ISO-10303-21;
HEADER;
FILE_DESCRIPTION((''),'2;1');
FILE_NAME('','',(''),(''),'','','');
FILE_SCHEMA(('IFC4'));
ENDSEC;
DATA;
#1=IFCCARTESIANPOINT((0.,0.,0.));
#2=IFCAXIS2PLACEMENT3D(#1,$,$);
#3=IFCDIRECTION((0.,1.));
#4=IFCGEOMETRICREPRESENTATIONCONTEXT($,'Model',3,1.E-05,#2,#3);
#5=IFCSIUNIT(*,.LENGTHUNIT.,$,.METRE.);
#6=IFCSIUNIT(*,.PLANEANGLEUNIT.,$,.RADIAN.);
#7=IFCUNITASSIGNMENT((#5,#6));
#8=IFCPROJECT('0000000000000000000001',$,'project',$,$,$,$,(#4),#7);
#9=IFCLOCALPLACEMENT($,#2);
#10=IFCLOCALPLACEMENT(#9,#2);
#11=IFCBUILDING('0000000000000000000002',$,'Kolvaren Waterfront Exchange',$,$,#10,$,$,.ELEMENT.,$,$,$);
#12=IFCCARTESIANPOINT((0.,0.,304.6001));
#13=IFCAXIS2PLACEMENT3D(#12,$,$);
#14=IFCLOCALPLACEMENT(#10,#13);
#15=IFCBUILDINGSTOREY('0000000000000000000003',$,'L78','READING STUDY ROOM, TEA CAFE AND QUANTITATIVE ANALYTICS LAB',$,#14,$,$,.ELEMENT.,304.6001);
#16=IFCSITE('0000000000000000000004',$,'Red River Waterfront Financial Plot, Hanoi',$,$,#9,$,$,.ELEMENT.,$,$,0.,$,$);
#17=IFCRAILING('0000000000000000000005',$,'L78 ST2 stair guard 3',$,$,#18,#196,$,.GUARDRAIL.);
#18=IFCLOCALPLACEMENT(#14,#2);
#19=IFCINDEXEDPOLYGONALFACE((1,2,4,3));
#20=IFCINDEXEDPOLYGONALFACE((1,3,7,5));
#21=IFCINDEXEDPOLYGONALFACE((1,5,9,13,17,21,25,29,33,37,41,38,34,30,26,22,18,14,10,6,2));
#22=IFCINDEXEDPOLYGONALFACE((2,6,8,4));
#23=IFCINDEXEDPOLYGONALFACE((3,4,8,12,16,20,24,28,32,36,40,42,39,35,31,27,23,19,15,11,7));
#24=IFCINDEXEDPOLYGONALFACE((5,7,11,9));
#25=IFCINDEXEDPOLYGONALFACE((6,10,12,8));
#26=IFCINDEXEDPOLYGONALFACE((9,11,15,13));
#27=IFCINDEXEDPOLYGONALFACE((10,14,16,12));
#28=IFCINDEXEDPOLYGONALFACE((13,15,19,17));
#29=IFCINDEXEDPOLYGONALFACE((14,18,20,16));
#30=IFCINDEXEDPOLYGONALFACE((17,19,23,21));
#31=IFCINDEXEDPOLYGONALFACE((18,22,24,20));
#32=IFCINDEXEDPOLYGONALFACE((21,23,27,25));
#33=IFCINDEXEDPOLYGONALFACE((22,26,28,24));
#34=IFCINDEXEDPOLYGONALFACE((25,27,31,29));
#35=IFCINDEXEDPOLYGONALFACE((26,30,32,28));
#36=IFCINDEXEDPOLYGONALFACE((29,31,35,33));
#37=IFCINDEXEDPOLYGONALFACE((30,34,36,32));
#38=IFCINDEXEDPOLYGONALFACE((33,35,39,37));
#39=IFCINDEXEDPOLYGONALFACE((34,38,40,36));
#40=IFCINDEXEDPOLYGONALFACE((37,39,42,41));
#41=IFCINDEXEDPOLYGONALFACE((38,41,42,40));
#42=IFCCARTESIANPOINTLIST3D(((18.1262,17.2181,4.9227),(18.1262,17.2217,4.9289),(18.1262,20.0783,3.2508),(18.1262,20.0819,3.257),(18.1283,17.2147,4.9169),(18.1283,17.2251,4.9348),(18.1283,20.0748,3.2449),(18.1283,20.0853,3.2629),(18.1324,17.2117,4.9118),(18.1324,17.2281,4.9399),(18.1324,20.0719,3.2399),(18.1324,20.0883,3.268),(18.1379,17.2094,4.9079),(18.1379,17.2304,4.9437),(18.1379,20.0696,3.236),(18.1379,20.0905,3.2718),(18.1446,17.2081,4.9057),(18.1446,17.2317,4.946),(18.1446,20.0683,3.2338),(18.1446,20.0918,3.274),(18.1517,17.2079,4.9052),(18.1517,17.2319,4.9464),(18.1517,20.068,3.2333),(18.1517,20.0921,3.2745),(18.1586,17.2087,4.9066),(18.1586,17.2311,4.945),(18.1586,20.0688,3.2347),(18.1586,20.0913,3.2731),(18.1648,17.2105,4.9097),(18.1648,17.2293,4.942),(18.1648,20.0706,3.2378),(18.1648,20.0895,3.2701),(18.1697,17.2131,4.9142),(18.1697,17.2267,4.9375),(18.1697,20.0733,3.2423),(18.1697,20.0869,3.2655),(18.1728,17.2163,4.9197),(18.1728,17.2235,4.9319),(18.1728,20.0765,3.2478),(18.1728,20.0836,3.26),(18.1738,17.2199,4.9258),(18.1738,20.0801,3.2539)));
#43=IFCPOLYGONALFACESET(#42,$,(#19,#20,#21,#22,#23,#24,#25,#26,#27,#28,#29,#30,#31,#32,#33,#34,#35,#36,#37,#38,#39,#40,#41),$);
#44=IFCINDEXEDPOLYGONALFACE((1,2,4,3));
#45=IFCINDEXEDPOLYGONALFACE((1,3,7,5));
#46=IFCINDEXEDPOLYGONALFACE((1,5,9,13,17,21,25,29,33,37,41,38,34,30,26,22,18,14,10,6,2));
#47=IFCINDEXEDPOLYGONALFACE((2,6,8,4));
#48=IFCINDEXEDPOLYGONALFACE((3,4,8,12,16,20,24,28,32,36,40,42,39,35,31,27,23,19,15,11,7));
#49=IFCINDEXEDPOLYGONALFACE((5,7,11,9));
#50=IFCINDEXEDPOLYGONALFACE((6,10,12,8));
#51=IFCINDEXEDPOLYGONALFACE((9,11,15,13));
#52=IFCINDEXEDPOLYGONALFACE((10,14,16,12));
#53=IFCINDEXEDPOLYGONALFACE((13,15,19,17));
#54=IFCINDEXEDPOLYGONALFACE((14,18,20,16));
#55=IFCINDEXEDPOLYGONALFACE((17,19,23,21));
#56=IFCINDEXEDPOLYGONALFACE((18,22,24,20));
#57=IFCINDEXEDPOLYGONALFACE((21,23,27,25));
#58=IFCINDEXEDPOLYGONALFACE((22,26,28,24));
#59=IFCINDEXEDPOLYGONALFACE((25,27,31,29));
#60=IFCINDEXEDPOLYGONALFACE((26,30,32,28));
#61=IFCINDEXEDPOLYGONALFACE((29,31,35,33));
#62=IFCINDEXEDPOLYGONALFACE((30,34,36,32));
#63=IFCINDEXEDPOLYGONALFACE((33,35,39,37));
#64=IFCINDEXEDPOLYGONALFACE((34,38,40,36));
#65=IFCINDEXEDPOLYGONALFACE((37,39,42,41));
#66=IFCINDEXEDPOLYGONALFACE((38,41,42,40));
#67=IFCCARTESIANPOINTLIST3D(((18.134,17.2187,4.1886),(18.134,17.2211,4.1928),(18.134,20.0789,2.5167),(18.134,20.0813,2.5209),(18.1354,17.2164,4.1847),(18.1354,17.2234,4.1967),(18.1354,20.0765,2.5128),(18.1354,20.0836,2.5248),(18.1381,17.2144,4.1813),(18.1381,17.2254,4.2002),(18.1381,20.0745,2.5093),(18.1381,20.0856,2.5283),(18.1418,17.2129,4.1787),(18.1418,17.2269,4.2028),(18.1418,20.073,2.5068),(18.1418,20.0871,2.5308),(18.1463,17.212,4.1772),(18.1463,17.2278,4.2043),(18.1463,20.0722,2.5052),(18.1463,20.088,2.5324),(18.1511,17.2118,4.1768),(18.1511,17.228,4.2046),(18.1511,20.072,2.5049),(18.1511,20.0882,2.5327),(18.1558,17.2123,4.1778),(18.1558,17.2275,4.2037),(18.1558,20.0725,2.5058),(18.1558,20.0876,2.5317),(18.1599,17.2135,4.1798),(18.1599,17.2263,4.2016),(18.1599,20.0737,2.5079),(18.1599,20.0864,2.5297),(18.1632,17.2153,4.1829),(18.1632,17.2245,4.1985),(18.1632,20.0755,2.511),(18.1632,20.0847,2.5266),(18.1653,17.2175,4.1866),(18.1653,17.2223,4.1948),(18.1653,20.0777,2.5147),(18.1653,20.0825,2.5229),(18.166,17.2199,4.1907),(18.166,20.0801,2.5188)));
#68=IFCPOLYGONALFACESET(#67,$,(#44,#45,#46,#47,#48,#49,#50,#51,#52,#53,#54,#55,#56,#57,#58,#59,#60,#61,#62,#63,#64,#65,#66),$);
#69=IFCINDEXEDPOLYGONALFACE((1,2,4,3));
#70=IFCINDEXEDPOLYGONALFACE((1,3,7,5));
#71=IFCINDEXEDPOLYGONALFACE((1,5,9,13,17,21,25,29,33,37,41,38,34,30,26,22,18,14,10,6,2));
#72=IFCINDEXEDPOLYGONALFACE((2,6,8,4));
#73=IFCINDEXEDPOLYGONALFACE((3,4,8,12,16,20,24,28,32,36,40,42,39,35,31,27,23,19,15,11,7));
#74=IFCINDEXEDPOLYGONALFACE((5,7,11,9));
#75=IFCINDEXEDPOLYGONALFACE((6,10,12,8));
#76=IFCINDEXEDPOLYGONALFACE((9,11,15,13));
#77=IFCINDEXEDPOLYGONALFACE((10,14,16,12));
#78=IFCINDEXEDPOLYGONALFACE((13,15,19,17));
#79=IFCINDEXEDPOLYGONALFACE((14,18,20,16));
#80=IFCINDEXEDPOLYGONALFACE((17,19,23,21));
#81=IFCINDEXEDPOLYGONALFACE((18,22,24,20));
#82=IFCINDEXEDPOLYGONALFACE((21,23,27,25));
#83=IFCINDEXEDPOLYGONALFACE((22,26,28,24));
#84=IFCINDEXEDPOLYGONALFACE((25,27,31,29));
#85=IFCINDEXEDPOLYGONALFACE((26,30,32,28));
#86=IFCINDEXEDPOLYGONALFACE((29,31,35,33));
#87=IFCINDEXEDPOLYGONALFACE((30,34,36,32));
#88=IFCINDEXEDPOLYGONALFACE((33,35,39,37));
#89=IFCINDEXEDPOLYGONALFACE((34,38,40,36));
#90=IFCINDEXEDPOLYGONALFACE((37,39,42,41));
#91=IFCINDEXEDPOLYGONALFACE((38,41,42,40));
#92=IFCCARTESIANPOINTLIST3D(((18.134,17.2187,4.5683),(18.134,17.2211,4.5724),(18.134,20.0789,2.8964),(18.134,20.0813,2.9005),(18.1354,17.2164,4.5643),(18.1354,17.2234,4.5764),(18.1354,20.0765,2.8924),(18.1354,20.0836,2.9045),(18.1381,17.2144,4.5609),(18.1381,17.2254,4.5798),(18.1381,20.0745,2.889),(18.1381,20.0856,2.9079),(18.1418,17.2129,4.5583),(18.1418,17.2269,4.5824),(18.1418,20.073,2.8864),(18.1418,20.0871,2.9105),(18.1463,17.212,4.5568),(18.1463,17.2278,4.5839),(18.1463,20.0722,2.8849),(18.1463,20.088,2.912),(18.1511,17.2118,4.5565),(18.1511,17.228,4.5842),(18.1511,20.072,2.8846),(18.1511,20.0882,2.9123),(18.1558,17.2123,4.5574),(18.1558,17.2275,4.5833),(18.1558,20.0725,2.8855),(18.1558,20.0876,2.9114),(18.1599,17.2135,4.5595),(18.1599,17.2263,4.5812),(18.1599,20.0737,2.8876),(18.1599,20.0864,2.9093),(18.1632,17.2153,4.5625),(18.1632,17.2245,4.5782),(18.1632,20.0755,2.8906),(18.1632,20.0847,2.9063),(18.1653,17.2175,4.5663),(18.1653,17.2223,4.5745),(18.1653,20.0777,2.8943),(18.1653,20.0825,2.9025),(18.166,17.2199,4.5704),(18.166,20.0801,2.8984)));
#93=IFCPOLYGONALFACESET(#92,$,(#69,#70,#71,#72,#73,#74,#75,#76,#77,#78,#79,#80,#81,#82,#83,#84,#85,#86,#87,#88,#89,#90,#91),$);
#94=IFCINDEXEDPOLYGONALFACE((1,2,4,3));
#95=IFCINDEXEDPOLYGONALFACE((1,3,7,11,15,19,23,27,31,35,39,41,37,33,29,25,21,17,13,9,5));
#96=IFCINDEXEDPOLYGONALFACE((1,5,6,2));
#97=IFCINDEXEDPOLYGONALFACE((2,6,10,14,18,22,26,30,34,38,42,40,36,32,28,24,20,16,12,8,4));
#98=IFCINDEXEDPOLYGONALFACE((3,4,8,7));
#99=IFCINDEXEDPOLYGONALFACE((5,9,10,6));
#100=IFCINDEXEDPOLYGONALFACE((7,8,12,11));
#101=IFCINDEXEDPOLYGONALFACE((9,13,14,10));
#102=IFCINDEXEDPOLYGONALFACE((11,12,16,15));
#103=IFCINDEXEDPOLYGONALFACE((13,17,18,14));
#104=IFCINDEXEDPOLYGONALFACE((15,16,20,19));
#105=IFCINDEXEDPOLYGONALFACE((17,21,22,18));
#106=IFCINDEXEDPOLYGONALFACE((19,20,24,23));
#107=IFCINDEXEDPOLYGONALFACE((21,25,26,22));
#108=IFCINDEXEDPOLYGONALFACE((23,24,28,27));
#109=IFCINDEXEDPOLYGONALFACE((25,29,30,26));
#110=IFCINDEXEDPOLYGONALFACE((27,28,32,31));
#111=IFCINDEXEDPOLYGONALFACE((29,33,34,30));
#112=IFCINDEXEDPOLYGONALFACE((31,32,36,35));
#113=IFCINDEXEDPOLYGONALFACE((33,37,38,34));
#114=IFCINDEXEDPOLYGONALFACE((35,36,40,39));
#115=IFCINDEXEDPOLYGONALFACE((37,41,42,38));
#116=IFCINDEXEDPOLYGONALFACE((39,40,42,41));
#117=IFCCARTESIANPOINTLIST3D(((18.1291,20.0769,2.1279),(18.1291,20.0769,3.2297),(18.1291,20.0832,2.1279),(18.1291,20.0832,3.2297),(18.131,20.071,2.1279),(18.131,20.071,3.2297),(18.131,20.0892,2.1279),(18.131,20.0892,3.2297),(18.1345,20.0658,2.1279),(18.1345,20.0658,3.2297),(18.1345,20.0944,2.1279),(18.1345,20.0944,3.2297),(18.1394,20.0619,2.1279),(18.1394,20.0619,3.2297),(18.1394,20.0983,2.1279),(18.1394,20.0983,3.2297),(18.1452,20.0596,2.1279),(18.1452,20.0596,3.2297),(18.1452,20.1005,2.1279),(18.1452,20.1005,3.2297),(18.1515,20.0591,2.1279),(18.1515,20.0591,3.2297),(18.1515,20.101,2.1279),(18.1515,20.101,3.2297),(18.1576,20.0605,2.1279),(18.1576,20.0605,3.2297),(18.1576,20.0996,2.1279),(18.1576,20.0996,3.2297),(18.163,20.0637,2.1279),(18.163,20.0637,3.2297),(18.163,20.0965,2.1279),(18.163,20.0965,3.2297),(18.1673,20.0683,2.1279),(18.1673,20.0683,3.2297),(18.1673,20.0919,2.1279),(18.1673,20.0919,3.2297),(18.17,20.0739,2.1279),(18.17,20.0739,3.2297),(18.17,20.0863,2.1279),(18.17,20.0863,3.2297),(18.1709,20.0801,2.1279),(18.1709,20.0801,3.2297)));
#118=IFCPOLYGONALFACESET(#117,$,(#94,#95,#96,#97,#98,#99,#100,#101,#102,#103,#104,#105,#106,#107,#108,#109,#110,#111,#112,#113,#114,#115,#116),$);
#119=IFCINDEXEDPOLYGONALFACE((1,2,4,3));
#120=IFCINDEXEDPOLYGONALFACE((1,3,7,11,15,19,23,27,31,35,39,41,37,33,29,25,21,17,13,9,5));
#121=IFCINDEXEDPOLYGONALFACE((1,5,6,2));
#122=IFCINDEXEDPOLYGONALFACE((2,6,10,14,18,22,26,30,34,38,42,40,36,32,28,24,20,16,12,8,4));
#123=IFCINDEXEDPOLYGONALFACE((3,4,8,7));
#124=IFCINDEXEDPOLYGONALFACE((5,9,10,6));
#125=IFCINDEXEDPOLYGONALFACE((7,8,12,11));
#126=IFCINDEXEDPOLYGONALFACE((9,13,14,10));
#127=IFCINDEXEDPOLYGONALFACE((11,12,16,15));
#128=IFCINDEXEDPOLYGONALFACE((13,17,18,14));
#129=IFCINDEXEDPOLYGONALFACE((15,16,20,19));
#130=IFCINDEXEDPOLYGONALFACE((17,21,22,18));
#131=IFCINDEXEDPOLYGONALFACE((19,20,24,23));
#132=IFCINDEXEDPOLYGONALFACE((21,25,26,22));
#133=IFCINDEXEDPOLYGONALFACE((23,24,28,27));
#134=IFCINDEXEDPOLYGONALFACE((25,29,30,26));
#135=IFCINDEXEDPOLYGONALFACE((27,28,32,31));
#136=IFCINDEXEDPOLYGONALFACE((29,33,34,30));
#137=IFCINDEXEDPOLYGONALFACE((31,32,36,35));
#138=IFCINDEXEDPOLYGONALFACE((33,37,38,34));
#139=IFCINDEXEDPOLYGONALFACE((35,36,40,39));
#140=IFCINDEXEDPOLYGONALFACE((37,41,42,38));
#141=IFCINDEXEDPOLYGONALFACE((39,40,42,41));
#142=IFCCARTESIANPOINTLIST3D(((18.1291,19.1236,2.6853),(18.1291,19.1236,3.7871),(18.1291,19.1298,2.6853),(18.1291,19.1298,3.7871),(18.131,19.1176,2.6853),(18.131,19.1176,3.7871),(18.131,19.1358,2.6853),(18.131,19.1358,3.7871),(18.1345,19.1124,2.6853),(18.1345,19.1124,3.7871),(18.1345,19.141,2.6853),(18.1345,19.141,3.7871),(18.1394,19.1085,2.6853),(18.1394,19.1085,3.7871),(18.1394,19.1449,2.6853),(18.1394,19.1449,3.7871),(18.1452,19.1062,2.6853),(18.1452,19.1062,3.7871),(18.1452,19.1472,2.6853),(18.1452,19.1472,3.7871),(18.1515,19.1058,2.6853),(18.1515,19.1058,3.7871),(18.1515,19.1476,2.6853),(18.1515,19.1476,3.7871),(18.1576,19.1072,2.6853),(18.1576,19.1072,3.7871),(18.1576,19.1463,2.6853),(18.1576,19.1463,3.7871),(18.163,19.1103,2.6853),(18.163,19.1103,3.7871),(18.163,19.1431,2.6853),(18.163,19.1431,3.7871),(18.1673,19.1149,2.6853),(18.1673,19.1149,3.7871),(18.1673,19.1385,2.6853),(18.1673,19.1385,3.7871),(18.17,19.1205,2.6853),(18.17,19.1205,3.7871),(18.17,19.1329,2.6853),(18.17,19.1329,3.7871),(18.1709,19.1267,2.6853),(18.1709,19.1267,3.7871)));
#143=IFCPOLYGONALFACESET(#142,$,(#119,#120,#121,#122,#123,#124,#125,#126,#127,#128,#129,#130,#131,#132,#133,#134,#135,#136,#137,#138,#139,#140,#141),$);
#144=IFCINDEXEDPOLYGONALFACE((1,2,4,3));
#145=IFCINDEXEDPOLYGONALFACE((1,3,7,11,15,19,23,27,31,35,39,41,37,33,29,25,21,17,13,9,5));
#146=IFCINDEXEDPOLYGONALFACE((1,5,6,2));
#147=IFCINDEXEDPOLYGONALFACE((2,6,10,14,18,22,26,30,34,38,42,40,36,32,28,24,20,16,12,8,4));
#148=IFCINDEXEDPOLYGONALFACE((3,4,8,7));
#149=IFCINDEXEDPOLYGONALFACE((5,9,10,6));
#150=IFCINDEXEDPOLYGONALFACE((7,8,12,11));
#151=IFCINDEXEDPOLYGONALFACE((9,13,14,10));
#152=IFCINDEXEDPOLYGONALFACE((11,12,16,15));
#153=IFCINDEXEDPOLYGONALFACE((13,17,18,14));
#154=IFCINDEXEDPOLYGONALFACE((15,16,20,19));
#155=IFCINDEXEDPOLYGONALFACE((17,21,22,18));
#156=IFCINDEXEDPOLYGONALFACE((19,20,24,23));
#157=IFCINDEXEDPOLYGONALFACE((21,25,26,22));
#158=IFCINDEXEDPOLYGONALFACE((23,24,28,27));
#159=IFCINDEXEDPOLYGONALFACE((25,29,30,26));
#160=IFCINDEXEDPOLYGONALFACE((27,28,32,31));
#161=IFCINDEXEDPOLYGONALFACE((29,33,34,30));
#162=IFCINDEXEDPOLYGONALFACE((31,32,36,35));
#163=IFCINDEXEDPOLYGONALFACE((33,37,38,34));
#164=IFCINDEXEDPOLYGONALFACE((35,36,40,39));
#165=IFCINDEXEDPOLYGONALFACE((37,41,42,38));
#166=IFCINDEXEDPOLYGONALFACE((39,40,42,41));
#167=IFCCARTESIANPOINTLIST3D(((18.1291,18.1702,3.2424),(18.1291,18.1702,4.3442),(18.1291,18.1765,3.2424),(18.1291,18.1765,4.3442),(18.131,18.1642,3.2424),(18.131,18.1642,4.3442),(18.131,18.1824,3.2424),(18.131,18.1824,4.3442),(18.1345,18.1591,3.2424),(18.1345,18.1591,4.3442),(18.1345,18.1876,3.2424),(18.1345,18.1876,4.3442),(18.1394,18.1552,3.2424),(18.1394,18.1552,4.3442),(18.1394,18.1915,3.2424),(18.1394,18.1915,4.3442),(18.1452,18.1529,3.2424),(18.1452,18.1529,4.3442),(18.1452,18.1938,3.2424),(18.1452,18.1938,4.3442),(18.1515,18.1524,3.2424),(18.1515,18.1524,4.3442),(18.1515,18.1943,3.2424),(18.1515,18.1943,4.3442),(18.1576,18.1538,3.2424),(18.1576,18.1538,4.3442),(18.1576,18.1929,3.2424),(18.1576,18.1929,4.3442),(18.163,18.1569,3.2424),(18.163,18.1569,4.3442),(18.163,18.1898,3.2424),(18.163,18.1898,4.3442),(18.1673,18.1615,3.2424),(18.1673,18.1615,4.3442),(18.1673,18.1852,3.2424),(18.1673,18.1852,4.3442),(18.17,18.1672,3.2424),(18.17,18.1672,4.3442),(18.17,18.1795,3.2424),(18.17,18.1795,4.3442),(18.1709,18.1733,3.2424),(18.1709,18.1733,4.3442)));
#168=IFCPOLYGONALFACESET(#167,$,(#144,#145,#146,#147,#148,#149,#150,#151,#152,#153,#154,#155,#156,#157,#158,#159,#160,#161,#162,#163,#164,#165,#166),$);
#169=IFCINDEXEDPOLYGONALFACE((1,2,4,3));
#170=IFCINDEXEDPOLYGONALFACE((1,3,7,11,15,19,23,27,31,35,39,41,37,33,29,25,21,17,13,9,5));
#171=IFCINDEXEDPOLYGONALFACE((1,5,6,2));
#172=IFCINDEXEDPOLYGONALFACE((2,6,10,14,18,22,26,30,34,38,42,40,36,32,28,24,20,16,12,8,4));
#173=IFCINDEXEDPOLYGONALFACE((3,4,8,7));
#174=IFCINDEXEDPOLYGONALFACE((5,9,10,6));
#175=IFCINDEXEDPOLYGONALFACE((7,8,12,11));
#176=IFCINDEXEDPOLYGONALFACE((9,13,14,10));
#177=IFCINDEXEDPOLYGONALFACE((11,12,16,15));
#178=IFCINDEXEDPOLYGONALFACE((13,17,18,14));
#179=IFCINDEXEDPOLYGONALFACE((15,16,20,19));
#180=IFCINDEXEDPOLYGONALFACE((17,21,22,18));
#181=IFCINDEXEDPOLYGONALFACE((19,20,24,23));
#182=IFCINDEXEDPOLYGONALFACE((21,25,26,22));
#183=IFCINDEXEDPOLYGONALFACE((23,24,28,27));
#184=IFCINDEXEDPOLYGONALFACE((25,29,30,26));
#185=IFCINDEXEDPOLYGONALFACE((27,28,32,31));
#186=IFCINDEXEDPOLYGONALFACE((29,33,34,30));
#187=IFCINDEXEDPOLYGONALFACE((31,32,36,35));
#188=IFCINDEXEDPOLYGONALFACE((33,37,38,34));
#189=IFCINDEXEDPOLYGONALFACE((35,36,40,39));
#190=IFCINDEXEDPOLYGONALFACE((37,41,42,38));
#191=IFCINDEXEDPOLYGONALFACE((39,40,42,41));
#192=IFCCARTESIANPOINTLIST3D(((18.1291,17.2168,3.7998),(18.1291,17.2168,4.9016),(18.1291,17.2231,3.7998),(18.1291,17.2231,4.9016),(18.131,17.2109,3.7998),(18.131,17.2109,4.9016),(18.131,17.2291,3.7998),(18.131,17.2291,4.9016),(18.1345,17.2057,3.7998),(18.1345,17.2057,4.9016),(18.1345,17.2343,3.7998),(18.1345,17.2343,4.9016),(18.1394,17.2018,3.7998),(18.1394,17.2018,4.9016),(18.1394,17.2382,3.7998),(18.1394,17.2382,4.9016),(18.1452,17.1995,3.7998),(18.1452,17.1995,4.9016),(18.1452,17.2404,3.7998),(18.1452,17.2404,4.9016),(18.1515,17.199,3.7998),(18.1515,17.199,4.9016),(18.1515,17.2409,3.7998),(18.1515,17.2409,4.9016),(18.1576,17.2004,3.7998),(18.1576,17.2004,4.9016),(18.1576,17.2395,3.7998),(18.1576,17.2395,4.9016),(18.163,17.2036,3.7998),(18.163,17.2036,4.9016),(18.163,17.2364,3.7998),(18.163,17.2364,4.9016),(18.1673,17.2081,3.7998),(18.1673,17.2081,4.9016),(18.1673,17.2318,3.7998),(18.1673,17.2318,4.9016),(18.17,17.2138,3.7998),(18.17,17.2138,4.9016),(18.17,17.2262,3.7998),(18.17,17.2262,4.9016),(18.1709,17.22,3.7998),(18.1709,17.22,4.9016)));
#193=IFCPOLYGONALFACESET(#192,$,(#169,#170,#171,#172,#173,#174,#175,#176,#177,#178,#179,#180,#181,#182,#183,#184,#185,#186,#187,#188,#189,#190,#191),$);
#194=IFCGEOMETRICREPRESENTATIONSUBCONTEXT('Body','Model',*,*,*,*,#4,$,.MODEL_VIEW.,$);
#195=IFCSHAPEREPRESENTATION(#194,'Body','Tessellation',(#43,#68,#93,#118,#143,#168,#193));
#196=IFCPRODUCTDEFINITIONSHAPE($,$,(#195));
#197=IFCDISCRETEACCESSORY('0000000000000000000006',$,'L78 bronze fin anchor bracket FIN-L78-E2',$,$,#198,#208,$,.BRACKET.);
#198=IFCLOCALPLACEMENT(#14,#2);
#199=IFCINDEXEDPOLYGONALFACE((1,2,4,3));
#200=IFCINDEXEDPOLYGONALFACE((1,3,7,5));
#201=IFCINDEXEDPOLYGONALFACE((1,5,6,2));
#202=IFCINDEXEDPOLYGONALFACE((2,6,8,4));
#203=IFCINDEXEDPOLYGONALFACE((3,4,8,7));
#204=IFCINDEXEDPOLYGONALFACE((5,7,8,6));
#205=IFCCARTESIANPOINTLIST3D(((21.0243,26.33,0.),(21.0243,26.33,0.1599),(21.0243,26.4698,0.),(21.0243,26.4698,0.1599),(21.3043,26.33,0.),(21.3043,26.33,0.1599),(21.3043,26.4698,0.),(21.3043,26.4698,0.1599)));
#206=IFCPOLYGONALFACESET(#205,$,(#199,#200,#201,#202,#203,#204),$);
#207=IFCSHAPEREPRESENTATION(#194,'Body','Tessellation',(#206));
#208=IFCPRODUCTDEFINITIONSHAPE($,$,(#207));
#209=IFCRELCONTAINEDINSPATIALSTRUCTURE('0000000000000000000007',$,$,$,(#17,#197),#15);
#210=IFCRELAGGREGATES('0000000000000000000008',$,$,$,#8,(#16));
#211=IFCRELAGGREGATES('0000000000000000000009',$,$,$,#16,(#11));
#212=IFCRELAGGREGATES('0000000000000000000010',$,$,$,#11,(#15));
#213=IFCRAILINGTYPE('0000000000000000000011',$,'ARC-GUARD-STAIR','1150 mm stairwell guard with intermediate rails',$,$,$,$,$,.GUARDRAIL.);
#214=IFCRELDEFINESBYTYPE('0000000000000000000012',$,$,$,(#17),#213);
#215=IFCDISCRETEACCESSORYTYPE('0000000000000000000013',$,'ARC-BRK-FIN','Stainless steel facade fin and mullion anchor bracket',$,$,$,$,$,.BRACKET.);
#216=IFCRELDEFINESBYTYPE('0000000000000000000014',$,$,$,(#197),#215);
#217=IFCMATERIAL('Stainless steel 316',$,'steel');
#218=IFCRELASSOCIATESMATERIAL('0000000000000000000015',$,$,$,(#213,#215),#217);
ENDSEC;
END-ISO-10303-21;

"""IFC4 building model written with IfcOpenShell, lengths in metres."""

from ifc_helpers import new_model, si_unit, direction, frame, origin, origin_with_axes, origin_2d, place, context, subcontext, project, spatial, rectangle, circle, extrude, source, transform, mapped, material, type_object, element, save


model = new_model("IFC4")

# Units and contexts
model_context = context("Model", 3, precision=1e-05, world=origin(), true_north=direction((0.0, 1.0)))
body_context = subcontext(model_context, "Body", "Model", "MODEL_VIEW")
ifc_project = project(units=[si_unit("LENGTHUNIT", "METRE"), si_unit("PLANEANGLEUNIT", "RADIAN")], contexts=[model_context])

# Site, building, storey
site_placement = place(None, origin())
site = spatial("IfcSite", under=ifc_project, at=site_placement, Name="Red River Waterfront Financial Plot, Hanoi", CompositionType="ELEMENT", RefElevation=0.0)
building_placement = place(site_placement, origin())
building = spatial("IfcBuilding", under=site, at=building_placement, Name="Kolvaren Waterfront Exchange", CompositionType="ELEMENT")
storey_placement = place(building_placement, frame((0.0, 0.0, 304.6001)))
storey = spatial("IfcBuildingStorey", under=building, at=storey_placement, Name="L78", Description="READING STUDY ROOM, TEA CAFE AND QUANTITATIVE ANALYTICS LAB", CompositionType="ELEMENT", Elevation=304.6001)

# Railing
ifc_material_1 = material(Name="Stainless steel 316", Category="steel")
railing_type = type_object("IfcRailingType", Name="ARC-GUARD-STAIR", Description="1150 mm stairwell guard with intermediate rails", PredefinedType="GUARDRAIL", material=ifc_material_1)
railing_1_placement = place(storey_placement, frame((18.1499, 20.0801, 2.1279)))
element("IfcRailing", 1, at=railing_1_placement, inside=storey, type_object=railing_type, Name="L78 ST2 stair guard 3", PredefinedType="GUARDRAIL", context=body_context, shape_type="SweptSolid", body=[
    extrude(circle(Radius=0.0239, at=origin_2d()), frame((0.0, 0.0, 1.126), z_axis=(0.0, -0.863321, 0.504654), x_axis=(1.0, 0.0, 0.0)), (0.0, 0.0, 1.0), 3.313),
    extrude(circle(Radius=0.0161, at=origin_2d()), frame((0.0, 0.0, 0.3909), z_axis=(0.0, -0.863321, 0.504654), x_axis=(1.0, 0.0, 0.0)), (0.0, 0.0, 1.0), 3.313),
    extrude(circle(Radius=0.0161, at=origin_2d()), frame((0.0, 0.0, 0.7705), z_axis=(0.0, -0.863321, 0.504654), x_axis=(1.0, 0.0, 0.0)), (0.0, 0.0, 1.0), 3.313),
    extrude(circle(Radius=0.021, at=origin_2d()), origin(), (0.0, 0.0, 1.0), 1.1018),
    extrude(circle(Radius=0.021, at=origin_2d()), frame((0.0, -0.9534, 0.5574)), (0.0, 0.0, 1.0), 1.1018),
    extrude(circle(Radius=0.021, at=origin_2d()), frame((0.0, -1.9067, 1.1145)), (0.0, 0.0, 1.0), 1.1018),
    extrude(circle(Radius=0.021, at=origin_2d()), frame((0.0, -2.8601, 1.6719)), (0.0, 0.0, 1.0), 1.1018),
])

# Discrete accessory
discrete_accessory_type = type_object("IfcDiscreteAccessoryType", Name="ARC-BRK-FIN", Description="Stainless steel facade fin and mullion anchor bracket", PredefinedType="BRACKET", material=ifc_material_1)
shared_shape_1 = source(origin_with_axes(), body_context, "Body", "SweptSolid", [
    extrude(rectangle(XDim=0.28, YDim=0.1399, at=origin_2d()), origin(), (0.0, 0.0, 1.0), 0.1599),
])
for number, where, z_axis, x_axis, name in (
    (2, (21.1643, 26.3999, 0.0), (0.0, 0.0, 1.0), (1.0, 0.0, 0.0), "L78 bronze fin anchor bracket FIN-L78-E2"),
):
    element("IfcDiscreteAccessory", number, at=place(storey_placement, frame(where, z_axis=z_axis, x_axis=x_axis)), inside=storey, type_object=discrete_accessory_type, Name=name, PredefinedType="BRACKET", context=body_context, shape_type="MappedRepresentation", body=[
        mapped(shared_shape_1, transform((0.0, 0.0, 0.0), x_axis=(1.0, 0.0, 0.0), y_axis=(0.0, 1.0, 0.0), z_axis=(0.0, 0.0, 1.0), scale=1.0)),
    ])

save(model, "model.ifc")
